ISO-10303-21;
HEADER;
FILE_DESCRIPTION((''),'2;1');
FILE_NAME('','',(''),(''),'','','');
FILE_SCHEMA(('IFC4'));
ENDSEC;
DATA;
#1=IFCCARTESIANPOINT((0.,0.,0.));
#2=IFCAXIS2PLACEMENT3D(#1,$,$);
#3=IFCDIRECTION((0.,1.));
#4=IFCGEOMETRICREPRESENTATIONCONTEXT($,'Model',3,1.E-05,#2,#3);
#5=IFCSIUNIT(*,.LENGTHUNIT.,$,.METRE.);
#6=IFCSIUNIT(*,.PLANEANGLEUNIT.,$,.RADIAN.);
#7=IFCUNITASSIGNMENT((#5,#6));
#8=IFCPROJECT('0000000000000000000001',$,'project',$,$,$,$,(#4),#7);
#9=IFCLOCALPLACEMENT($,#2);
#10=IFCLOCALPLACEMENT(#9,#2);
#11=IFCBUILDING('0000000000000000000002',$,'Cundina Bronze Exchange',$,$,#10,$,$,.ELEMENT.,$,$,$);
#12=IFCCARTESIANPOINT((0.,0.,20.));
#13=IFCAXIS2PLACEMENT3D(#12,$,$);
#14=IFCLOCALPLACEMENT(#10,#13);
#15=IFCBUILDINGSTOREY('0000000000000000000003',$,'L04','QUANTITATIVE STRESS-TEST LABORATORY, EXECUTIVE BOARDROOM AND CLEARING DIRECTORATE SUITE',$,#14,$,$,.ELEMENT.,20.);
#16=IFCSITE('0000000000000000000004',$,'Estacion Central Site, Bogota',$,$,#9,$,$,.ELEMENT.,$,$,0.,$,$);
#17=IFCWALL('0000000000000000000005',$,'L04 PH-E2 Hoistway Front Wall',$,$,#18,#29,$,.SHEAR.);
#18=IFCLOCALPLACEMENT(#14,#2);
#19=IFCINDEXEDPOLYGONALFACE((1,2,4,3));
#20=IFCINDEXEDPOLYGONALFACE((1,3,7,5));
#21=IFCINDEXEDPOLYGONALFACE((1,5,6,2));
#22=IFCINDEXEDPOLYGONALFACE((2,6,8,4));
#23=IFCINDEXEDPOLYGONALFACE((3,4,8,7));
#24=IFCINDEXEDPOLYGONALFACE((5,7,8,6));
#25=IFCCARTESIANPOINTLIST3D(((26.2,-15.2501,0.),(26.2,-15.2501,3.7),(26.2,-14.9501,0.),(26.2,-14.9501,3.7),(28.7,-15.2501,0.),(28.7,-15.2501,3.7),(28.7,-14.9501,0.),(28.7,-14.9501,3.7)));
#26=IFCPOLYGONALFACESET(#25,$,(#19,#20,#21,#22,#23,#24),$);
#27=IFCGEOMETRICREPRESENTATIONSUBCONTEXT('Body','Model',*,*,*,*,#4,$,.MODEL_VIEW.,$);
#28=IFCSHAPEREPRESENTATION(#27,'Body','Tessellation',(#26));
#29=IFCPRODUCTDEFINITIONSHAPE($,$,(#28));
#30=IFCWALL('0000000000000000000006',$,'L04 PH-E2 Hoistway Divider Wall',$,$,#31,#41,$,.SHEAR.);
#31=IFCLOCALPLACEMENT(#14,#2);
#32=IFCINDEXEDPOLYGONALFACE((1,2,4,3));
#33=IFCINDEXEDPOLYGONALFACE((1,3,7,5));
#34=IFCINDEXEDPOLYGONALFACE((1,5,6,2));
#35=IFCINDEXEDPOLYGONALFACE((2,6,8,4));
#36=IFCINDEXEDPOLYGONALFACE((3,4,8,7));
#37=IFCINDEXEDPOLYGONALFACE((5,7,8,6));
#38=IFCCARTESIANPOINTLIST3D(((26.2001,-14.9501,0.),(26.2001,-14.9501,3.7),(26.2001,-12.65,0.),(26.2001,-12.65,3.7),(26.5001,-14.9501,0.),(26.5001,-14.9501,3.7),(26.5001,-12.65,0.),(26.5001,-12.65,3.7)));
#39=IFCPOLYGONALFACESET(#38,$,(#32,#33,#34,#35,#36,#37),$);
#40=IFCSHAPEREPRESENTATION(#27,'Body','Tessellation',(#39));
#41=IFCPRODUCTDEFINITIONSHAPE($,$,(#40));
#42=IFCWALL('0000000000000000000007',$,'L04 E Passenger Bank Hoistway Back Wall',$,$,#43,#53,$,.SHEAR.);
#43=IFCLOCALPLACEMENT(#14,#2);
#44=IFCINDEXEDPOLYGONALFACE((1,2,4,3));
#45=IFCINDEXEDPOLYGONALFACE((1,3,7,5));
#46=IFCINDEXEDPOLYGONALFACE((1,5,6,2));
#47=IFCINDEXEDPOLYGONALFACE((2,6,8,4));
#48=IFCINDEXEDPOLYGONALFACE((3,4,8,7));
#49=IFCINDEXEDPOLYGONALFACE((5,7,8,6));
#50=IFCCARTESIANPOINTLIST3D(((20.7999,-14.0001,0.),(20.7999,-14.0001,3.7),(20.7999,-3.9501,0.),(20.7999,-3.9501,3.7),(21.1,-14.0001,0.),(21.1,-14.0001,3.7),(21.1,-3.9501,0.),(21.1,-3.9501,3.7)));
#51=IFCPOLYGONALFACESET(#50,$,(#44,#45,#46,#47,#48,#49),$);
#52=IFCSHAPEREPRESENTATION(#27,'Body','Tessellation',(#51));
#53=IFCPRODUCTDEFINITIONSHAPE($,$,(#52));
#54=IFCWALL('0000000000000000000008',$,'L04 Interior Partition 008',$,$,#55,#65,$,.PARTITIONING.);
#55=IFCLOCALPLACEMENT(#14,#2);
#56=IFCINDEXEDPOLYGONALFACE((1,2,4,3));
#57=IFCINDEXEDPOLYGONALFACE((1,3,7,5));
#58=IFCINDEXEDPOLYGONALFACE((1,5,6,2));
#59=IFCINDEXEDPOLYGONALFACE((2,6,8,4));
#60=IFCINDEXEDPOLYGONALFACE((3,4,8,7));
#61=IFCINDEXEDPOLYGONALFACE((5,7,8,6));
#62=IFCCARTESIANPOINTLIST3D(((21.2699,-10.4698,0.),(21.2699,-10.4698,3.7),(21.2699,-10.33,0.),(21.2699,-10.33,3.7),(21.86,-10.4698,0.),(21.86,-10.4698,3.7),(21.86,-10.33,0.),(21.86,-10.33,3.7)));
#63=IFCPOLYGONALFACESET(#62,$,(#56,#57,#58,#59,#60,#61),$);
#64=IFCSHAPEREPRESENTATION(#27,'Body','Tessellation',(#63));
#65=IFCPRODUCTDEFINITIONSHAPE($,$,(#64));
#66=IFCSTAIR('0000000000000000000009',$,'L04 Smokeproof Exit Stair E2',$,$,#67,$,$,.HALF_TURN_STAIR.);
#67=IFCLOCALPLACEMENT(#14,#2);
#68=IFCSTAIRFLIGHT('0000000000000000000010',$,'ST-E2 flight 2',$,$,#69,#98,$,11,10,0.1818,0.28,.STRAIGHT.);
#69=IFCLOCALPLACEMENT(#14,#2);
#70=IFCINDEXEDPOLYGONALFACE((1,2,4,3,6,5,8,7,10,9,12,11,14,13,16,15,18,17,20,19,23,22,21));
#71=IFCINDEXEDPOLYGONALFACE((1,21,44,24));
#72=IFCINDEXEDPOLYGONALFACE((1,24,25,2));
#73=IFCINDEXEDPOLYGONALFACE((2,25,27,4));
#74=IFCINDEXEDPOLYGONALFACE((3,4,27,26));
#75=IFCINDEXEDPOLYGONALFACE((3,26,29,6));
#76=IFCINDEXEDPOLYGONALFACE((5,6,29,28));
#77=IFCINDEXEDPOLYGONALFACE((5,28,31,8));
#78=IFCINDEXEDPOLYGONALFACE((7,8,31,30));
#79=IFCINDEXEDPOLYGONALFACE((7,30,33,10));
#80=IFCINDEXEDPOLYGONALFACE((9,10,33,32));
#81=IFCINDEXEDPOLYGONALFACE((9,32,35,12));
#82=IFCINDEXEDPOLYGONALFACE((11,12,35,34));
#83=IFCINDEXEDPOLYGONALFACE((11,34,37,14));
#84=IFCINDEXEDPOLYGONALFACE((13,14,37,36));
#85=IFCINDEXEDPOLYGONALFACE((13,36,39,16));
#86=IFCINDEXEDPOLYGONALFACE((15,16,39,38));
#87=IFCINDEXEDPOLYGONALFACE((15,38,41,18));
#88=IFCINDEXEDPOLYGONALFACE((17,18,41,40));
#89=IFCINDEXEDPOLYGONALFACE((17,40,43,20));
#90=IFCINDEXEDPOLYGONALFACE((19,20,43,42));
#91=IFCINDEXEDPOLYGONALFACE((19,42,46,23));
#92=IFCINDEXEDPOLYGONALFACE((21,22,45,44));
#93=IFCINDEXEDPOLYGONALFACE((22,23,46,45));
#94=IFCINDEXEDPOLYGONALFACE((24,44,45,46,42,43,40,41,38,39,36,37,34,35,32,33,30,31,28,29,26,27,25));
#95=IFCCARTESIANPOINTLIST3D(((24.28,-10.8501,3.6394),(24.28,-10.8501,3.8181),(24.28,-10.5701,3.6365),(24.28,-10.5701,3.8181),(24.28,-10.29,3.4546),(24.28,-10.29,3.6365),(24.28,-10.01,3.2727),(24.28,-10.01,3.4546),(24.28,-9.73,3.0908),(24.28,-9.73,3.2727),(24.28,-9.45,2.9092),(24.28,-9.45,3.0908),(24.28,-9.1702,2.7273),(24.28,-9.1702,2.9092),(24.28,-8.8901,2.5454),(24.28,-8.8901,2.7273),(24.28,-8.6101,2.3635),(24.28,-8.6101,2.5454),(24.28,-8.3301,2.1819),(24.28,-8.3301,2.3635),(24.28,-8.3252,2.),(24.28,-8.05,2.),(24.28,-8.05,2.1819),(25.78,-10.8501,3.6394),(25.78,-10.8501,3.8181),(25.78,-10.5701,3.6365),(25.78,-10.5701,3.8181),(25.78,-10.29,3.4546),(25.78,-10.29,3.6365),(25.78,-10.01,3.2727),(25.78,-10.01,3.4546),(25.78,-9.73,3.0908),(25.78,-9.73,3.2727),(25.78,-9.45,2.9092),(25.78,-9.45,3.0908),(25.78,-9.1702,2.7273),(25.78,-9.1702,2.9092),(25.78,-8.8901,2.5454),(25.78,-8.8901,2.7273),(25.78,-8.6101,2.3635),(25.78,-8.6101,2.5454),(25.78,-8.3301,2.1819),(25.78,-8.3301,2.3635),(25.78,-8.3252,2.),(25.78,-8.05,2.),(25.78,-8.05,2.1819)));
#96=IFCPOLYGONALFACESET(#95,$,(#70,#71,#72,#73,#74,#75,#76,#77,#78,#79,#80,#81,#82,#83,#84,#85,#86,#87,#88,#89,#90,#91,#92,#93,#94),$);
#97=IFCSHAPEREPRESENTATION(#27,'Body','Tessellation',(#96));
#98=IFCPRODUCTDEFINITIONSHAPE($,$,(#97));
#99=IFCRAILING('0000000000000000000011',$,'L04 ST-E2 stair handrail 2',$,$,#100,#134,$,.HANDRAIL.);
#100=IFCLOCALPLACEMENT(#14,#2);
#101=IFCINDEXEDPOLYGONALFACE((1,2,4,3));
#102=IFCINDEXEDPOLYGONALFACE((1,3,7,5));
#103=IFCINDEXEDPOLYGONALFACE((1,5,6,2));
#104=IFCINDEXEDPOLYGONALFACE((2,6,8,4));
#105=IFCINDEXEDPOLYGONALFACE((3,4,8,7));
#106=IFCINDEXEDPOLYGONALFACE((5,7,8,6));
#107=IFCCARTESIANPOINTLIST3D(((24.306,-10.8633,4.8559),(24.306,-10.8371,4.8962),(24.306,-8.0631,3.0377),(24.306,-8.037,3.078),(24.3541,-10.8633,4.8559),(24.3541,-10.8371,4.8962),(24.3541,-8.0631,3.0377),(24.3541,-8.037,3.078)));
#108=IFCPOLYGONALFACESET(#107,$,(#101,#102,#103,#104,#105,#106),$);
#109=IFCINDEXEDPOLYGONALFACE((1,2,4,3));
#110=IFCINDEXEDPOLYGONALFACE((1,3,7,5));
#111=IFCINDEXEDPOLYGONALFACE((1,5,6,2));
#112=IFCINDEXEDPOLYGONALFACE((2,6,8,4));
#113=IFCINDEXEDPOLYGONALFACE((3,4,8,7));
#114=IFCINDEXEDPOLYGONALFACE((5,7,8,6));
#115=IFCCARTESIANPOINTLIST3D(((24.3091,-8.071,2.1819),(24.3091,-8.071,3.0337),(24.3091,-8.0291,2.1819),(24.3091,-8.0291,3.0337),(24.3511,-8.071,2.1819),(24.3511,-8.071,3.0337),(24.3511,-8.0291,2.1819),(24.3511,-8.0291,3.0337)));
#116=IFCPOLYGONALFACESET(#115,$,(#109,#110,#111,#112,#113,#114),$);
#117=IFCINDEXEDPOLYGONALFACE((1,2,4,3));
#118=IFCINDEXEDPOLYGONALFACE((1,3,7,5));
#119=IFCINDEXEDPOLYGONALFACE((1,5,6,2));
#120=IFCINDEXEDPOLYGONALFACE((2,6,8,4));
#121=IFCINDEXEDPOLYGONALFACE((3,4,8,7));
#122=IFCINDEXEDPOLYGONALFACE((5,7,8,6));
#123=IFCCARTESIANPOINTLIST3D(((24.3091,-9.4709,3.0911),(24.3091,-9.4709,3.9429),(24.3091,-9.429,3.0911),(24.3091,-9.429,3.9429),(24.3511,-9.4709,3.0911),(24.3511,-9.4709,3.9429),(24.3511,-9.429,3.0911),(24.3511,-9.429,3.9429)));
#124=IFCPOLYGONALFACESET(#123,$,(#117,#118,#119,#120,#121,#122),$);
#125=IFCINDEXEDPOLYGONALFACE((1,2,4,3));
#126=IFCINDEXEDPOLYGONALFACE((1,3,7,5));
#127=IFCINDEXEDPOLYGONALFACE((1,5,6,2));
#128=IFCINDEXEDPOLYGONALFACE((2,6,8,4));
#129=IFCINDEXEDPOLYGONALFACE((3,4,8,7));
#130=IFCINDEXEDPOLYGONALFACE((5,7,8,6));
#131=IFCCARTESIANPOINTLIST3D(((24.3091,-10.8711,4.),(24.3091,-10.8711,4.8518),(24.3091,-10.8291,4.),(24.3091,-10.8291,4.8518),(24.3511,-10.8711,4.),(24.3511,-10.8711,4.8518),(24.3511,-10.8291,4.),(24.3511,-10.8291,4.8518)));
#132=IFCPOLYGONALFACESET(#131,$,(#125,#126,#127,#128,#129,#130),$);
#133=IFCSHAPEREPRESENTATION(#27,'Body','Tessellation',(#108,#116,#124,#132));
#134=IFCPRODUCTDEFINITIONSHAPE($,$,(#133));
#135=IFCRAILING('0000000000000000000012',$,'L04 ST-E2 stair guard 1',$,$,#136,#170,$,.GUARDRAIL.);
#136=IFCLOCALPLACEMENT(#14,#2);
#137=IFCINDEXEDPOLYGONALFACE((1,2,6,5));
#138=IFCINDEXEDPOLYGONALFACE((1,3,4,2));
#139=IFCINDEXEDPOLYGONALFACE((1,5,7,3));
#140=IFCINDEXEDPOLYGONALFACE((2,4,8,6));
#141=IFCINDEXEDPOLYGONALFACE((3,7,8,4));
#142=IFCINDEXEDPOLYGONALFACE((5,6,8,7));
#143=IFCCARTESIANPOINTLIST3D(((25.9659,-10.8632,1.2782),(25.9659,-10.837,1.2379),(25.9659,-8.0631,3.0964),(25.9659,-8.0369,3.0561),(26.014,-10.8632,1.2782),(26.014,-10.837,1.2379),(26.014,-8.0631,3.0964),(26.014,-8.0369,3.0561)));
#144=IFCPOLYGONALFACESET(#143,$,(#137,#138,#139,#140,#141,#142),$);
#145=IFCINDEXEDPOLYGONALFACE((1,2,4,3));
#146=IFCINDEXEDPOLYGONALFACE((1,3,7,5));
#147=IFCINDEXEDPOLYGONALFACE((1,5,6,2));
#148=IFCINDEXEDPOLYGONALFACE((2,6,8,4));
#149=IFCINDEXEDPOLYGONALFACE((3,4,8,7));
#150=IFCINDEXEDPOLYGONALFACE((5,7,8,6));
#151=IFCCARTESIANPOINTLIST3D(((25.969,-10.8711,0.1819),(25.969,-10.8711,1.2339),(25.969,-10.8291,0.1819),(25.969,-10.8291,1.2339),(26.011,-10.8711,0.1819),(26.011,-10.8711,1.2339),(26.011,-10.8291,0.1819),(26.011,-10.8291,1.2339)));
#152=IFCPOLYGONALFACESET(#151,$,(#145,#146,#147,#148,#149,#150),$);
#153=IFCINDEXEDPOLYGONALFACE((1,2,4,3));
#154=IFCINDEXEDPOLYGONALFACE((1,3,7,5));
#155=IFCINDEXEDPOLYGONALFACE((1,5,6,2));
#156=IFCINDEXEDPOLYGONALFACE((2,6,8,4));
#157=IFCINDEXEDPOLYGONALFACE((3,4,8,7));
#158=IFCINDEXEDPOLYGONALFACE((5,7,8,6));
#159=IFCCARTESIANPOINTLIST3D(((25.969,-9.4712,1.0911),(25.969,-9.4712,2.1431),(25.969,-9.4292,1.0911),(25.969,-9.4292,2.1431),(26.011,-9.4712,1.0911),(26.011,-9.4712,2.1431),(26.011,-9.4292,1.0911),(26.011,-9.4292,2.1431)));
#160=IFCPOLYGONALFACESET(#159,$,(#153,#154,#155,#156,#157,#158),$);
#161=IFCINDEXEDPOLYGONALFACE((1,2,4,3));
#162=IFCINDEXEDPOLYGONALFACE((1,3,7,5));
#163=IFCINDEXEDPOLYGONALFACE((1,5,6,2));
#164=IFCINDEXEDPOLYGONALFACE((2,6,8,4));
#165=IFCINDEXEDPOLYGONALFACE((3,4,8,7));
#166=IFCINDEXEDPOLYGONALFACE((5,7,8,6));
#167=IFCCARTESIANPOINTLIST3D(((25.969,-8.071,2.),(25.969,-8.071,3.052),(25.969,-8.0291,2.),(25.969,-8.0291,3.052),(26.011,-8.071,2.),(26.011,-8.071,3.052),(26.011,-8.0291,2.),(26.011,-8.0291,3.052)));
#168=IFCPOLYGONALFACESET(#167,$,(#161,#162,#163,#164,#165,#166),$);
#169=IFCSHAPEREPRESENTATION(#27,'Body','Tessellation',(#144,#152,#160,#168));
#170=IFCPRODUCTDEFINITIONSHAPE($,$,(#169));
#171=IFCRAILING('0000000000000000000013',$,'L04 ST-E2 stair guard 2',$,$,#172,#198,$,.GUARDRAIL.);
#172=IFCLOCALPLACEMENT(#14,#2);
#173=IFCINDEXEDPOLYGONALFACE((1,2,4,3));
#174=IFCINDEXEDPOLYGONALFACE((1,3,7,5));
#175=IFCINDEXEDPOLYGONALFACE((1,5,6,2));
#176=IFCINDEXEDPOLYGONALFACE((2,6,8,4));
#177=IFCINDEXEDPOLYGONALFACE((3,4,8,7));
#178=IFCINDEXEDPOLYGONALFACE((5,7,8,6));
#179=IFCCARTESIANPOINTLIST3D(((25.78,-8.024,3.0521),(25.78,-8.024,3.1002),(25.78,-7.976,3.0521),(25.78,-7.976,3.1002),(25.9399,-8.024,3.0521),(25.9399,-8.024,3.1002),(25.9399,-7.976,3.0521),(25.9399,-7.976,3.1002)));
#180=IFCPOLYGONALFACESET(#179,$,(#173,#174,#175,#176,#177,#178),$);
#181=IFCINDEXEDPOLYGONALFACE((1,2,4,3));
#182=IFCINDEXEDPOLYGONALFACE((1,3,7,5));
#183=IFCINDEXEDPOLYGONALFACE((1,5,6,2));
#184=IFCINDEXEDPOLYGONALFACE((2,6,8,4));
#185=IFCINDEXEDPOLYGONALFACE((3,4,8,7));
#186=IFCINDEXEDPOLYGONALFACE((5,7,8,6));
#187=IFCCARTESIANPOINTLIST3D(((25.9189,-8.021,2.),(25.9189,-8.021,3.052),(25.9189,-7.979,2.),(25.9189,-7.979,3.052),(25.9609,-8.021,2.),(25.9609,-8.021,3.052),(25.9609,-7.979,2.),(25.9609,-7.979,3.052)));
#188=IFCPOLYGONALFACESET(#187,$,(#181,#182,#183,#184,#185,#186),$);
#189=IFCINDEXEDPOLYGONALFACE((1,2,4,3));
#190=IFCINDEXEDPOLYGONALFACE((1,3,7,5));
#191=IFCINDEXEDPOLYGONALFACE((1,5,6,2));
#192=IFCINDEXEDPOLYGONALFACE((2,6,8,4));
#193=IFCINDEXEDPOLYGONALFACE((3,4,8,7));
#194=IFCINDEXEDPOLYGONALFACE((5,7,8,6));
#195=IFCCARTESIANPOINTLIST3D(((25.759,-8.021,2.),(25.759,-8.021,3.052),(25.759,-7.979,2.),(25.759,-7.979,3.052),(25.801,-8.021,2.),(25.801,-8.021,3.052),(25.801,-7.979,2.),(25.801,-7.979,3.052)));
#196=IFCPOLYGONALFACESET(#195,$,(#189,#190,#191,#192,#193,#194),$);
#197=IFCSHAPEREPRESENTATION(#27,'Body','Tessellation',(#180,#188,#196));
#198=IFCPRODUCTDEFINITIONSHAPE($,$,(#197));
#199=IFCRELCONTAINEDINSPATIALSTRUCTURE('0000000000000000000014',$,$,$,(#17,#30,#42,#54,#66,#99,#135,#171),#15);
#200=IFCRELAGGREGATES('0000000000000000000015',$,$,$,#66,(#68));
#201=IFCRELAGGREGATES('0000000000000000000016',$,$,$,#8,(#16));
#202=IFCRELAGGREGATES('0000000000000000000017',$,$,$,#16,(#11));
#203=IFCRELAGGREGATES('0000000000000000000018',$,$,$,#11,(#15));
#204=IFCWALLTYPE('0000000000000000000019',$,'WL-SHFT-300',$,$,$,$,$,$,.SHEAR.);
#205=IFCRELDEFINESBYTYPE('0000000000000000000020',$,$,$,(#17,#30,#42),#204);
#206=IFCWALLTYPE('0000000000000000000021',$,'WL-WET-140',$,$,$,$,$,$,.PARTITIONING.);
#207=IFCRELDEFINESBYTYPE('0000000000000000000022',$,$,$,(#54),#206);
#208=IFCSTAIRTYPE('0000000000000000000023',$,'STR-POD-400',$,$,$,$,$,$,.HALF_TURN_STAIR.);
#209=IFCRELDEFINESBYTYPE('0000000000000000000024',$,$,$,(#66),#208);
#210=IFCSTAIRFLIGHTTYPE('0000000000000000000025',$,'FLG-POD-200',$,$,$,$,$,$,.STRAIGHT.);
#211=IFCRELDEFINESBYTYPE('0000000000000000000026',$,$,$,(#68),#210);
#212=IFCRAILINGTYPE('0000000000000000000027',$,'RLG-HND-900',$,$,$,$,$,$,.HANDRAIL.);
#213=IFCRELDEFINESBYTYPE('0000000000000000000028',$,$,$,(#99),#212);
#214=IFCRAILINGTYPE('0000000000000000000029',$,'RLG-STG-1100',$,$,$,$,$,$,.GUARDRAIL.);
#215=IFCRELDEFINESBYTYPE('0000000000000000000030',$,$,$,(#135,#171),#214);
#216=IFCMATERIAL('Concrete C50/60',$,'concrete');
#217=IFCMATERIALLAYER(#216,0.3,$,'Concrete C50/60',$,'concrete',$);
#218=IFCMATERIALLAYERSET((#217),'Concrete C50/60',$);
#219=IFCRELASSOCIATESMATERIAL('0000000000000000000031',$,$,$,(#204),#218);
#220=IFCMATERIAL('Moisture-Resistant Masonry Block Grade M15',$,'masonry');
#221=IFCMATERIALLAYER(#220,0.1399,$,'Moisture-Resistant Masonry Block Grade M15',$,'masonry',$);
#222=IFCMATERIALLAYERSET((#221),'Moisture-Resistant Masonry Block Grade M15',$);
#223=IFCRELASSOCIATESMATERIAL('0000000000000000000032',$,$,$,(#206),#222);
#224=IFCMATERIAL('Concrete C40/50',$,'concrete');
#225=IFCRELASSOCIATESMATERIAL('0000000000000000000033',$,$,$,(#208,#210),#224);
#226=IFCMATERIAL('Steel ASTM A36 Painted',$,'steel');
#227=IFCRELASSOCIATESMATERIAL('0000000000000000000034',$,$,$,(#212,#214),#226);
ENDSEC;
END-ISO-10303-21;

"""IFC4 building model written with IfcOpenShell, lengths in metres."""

from ifc_helpers import new_model, si_unit, direction, frame, frame_2d, origin, origin_2d, place, context, subcontext, project, spatial, polyline, rectangle, outline, extrude, material, layer, layer_set, type_object, element, aggregate, save


model = new_model("IFC4")

# Units and contexts
model_context = context("Model", 3, precision=1e-05, world=origin(), true_north=direction((0.0, 1.0)))
body_context = subcontext(model_context, "Body", "Model", "MODEL_VIEW")
ifc_project = project(units=[si_unit("LENGTHUNIT", "METRE"), si_unit("PLANEANGLEUNIT", "RADIAN")], contexts=[model_context])

# Site, building, storey
site_placement = place(None, origin())
site = spatial("IfcSite", under=ifc_project, at=site_placement, Name="Estacion Central Site, Bogota", CompositionType="ELEMENT", RefElevation=0.0)
building_placement = place(site_placement, origin())
building = spatial("IfcBuilding", under=site, at=building_placement, Name="Cundina Bronze Exchange", CompositionType="ELEMENT")
storey_placement = place(building_placement, frame((0.0, 0.0, 20.0)))
storey = spatial("IfcBuildingStorey", under=building, at=storey_placement, Name="L04", Description="QUANTITATIVE STRESS-TEST LABORATORY, EXECUTIVE BOARDROOM AND CLEARING DIRECTORATE SUITE", CompositionType="ELEMENT", Elevation=20.0)

# Shared definitions
ifc_material_1 = material(Name="Concrete C40/50", Category="concrete")

# Shared definitions
ifc_material_2 = material(Name="Concrete C50/60", Category="concrete")
ifc_layer_1 = layer(ifc_material_2, 0.3, Name="Concrete C50/60", Category="concrete")
ifc_layer_set_1 = layer_set([ifc_layer_1], Name="Concrete C50/60")
wall_type_1 = type_object("IfcWallType", Name="WL-SHFT-300", PredefinedType="SHEAR", material=ifc_layer_set_1)

# Shared definitions
ifc_material_3 = material(Name="Steel ASTM A36 Painted", Category="steel")

# Walls
for number, where, z_axis, x_axis, name in (
    (1, (26.2, -15.1001, 0.0), (0.0, 0.0, 1.0), (1.0, 0.0, 0.0), "L04 PH-E2 Hoistway Front Wall"),
):
    element("IfcWall", number, at=place(storey_placement, frame(where, z_axis=z_axis, x_axis=x_axis)), inside=storey, type_object=wall_type_1, Name=name, PredefinedType="SHEAR", context=body_context, shape_type="SweptSolid", body=[
        extrude(rectangle(XDim=2.5, YDim=0.3, at=frame_2d((1.25, 0.0))), origin(), (0.0, 0.0, 1.0), 3.7),
    ])
wall_1_placement = place(storey_placement, frame((26.3501, -14.95, 0.0), z_axis=(0.0, 0.0, 1.0), x_axis=(0.0, 1.0, 0.0)))
element("IfcWall", 2, at=wall_1_placement, inside=storey, type_object=wall_type_1, Name="L04 PH-E2 Hoistway Divider Wall", PredefinedType="SHEAR", context=body_context, shape_type="SweptSolid", body=[
    extrude(rectangle(XDim=2.3, YDim=0.3, at=frame_2d((1.1499, 0.0))), origin(), (0.0, 0.0, 1.0), 3.7),
])
wall_2_placement = place(storey_placement, frame((20.95, -14.0, 0.0), z_axis=(0.0, 0.0, 1.0), x_axis=(0.0, 1.0, 0.0)))
element("IfcWall", 3, at=wall_2_placement, inside=storey, type_object=wall_type_1, Name="L04 E Passenger Bank Hoistway Back Wall", PredefinedType="SHEAR", context=body_context, shape_type="SweptSolid", body=[
    extrude(rectangle(XDim=10.05, YDim=0.3, at=frame_2d((5.0249, 0.0))), origin(), (0.0, 0.0, 1.0), 3.7),
])
ifc_material_4 = material(Name="Moisture-Resistant Masonry Block Grade M15", Category="masonry")
ifc_layer_2 = layer(ifc_material_4, 0.1399, Name="Moisture-Resistant Masonry Block Grade M15", Category="masonry")
ifc_layer_set_2 = layer_set([ifc_layer_2], Name="Moisture-Resistant Masonry Block Grade M15")
wall_type_2 = type_object("IfcWallType", Name="WL-WET-140", PredefinedType="PARTITIONING", material=ifc_layer_set_2)
wall_3_placement = place(storey_placement, frame((21.27, -10.3999, 0.0), z_axis=(0.0, 0.0, 1.0), x_axis=(1.0, 0.0, 0.0)))
element("IfcWall", 4, at=wall_3_placement, inside=storey, type_object=wall_type_2, Name="L04 Interior Partition 008", PredefinedType="PARTITIONING", context=body_context, shape_type="SweptSolid", body=[
    extrude(rectangle(XDim=0.5901, YDim=0.1399, at=frame_2d((0.2949, 0.0))), origin(), (0.0, 0.0, 1.0), 3.7),
])

# Stair, stair flight
stair_type = type_object("IfcStairType", Name="STR-POD-400", PredefinedType="HALF_TURN_STAIR", material=ifc_material_1)
stair_placement = place(storey_placement, origin())
stair = element("IfcStair", 5, at=stair_placement, inside=storey, type_object=stair_type, Name="L04 Smokeproof Exit Stair E2", PredefinedType="HALF_TURN_STAIR")
stair_flight_type = type_object("IfcStairFlightType", Name="FLG-POD-200", PredefinedType="STRAIGHT", material=ifc_material_1)
stair_flight_placement = place(storey_placement, frame((25.03, -8.05, 2.0), z_axis=(0.0, 0.0, 1.0), x_axis=(0.0, -1.0, 0.0)))
stair_flight = element("IfcStairFlight", 6, at=stair_flight_placement, type_object=stair_flight_type, Name="ST-E2 flight 2", NumberOfRisers=11, NumberOfTreads=10, PredefinedType="STRAIGHT", RiserHeight=0.1818, TreadLength=0.28, context=body_context, shape_type="SweptSolid", body=[
    extrude(outline(polyline([(0.0, 0.0), (0.0, 0.1819), (0.28, 0.1819), (0.28, 0.3635), (0.5601, 0.3635), (0.5601, 0.5454), (0.8401, 0.5454), (0.8401, 0.7273), (1.1201, 0.7273), (1.1201, 0.9092), (1.3999, 0.9092), (1.3999, 1.0908), (1.6799, 1.0908), (1.6799, 1.2727), (1.96, 1.2727), (1.96, 1.4546), (2.24, 1.4546), (2.24, 1.6365), (2.52, 1.6365), (2.52, 1.8181), (2.8, 1.8181), (2.8, 2.0), (2.8, 1.6394), (0.2751, 0.0), (0.0, 0.0)])), frame((0.0, 0.75, 0.0), z_axis=(0.0, -1.0, 0.0), x_axis=(1.0, 0.0, 0.0)), (0.0, 0.0, 1.0), 1.5),
])
aggregate(stair, [stair_flight])

# Railings
railing_type_1 = type_object("IfcRailingType", Name="RLG-HND-900", PredefinedType="HANDRAIL", material=ifc_material_3)
railing_1_placement = place(storey_placement, frame((24.3301, -8.05, 2.1819)))
element("IfcRailing", 7, at=railing_1_placement, inside=storey, type_object=railing_type_1, Name="L04 ST-E2 stair handrail 2", PredefinedType="HANDRAIL", context=body_context, shape_type="SweptSolid", body=[
    extrude(rectangle(XDim=0.0481, YDim=0.0481, at=origin_2d()), frame((0.0, 0.0, 0.876), z_axis=(0.0, -0.838706, 0.544585), x_axis=(1.0, 0.0, 0.0)), (0.0, 0.0, 1.0), 3.3386),
    extrude(rectangle(XDim=0.042, YDim=0.042, at=origin_2d()), origin(), (0.0, 0.0, 1.0), 0.8518),
    extrude(rectangle(XDim=0.042, YDim=0.042, at=origin_2d()), frame((0.0, -1.3999, 0.9092)), (0.0, 0.0, 1.0), 0.8518),
    extrude(rectangle(XDim=0.042, YDim=0.042, at=origin_2d()), frame((0.0, -2.8, 1.8181)), (0.0, 0.0, 1.0), 0.8518),
])
railing_type_2 = type_object("IfcRailingType", Name="RLG-STG-1100", PredefinedType="GUARDRAIL", material=ifc_material_3)
railing_2_placement = place(storey_placement, frame((25.99, -10.8501, 0.1819)))
element("IfcRailing", 8, at=railing_2_placement, inside=storey, type_object=railing_type_2, Name="L04 ST-E2 stair guard 1", PredefinedType="GUARDRAIL", context=body_context, shape_type="SweptSolid", body=[
    extrude(rectangle(XDim=0.0481, YDim=0.0481, at=origin_2d()), frame((0.0, 0.0, 1.0762), z_axis=(0.0, 0.838706, 0.544585), x_axis=(-1.0, 0.0, 0.0)), (0.0, 0.0, 1.0), 3.3386),
    extrude(rectangle(XDim=0.042, YDim=0.042, at=origin_2d()), origin(), (0.0, 0.0, 1.0), 1.052),
    extrude(rectangle(XDim=0.042, YDim=0.042, at=origin_2d()), frame((0.0, 1.3999, 0.9092)), (0.0, 0.0, 1.0), 1.052),
    extrude(rectangle(XDim=0.042, YDim=0.042, at=origin_2d()), frame((0.0, 2.8, 1.8181)), (0.0, 0.0, 1.0), 1.052),
])
railing_3_placement = place(storey_placement, frame((25.9399, -8.0, 2.0)))
element("IfcRailing", 9, at=railing_3_placement, inside=storey, type_object=railing_type_2, Name="L04 ST-E2 stair guard 2", PredefinedType="GUARDRAIL", context=body_context, shape_type="SweptSolid", body=[
    extrude(rectangle(XDim=0.0481, YDim=0.0481, at=origin_2d()), frame((0.0, 0.0, 1.0762), z_axis=(-1.0, 0.0, 0.0), x_axis=(0.0, -1.0, 0.0)), (0.0, 0.0, 1.0), 0.1599),
    extrude(rectangle(XDim=0.042, YDim=0.042, at=origin_2d()), origin(), (0.0, 0.0, 1.0), 1.052),
    extrude(rectangle(XDim=0.042, YDim=0.042, at=origin_2d()), frame((-0.1599, 0.0, 0.0)), (0.0, 0.0, 1.0), 1.052),
])

save(model, "model.ifc")
